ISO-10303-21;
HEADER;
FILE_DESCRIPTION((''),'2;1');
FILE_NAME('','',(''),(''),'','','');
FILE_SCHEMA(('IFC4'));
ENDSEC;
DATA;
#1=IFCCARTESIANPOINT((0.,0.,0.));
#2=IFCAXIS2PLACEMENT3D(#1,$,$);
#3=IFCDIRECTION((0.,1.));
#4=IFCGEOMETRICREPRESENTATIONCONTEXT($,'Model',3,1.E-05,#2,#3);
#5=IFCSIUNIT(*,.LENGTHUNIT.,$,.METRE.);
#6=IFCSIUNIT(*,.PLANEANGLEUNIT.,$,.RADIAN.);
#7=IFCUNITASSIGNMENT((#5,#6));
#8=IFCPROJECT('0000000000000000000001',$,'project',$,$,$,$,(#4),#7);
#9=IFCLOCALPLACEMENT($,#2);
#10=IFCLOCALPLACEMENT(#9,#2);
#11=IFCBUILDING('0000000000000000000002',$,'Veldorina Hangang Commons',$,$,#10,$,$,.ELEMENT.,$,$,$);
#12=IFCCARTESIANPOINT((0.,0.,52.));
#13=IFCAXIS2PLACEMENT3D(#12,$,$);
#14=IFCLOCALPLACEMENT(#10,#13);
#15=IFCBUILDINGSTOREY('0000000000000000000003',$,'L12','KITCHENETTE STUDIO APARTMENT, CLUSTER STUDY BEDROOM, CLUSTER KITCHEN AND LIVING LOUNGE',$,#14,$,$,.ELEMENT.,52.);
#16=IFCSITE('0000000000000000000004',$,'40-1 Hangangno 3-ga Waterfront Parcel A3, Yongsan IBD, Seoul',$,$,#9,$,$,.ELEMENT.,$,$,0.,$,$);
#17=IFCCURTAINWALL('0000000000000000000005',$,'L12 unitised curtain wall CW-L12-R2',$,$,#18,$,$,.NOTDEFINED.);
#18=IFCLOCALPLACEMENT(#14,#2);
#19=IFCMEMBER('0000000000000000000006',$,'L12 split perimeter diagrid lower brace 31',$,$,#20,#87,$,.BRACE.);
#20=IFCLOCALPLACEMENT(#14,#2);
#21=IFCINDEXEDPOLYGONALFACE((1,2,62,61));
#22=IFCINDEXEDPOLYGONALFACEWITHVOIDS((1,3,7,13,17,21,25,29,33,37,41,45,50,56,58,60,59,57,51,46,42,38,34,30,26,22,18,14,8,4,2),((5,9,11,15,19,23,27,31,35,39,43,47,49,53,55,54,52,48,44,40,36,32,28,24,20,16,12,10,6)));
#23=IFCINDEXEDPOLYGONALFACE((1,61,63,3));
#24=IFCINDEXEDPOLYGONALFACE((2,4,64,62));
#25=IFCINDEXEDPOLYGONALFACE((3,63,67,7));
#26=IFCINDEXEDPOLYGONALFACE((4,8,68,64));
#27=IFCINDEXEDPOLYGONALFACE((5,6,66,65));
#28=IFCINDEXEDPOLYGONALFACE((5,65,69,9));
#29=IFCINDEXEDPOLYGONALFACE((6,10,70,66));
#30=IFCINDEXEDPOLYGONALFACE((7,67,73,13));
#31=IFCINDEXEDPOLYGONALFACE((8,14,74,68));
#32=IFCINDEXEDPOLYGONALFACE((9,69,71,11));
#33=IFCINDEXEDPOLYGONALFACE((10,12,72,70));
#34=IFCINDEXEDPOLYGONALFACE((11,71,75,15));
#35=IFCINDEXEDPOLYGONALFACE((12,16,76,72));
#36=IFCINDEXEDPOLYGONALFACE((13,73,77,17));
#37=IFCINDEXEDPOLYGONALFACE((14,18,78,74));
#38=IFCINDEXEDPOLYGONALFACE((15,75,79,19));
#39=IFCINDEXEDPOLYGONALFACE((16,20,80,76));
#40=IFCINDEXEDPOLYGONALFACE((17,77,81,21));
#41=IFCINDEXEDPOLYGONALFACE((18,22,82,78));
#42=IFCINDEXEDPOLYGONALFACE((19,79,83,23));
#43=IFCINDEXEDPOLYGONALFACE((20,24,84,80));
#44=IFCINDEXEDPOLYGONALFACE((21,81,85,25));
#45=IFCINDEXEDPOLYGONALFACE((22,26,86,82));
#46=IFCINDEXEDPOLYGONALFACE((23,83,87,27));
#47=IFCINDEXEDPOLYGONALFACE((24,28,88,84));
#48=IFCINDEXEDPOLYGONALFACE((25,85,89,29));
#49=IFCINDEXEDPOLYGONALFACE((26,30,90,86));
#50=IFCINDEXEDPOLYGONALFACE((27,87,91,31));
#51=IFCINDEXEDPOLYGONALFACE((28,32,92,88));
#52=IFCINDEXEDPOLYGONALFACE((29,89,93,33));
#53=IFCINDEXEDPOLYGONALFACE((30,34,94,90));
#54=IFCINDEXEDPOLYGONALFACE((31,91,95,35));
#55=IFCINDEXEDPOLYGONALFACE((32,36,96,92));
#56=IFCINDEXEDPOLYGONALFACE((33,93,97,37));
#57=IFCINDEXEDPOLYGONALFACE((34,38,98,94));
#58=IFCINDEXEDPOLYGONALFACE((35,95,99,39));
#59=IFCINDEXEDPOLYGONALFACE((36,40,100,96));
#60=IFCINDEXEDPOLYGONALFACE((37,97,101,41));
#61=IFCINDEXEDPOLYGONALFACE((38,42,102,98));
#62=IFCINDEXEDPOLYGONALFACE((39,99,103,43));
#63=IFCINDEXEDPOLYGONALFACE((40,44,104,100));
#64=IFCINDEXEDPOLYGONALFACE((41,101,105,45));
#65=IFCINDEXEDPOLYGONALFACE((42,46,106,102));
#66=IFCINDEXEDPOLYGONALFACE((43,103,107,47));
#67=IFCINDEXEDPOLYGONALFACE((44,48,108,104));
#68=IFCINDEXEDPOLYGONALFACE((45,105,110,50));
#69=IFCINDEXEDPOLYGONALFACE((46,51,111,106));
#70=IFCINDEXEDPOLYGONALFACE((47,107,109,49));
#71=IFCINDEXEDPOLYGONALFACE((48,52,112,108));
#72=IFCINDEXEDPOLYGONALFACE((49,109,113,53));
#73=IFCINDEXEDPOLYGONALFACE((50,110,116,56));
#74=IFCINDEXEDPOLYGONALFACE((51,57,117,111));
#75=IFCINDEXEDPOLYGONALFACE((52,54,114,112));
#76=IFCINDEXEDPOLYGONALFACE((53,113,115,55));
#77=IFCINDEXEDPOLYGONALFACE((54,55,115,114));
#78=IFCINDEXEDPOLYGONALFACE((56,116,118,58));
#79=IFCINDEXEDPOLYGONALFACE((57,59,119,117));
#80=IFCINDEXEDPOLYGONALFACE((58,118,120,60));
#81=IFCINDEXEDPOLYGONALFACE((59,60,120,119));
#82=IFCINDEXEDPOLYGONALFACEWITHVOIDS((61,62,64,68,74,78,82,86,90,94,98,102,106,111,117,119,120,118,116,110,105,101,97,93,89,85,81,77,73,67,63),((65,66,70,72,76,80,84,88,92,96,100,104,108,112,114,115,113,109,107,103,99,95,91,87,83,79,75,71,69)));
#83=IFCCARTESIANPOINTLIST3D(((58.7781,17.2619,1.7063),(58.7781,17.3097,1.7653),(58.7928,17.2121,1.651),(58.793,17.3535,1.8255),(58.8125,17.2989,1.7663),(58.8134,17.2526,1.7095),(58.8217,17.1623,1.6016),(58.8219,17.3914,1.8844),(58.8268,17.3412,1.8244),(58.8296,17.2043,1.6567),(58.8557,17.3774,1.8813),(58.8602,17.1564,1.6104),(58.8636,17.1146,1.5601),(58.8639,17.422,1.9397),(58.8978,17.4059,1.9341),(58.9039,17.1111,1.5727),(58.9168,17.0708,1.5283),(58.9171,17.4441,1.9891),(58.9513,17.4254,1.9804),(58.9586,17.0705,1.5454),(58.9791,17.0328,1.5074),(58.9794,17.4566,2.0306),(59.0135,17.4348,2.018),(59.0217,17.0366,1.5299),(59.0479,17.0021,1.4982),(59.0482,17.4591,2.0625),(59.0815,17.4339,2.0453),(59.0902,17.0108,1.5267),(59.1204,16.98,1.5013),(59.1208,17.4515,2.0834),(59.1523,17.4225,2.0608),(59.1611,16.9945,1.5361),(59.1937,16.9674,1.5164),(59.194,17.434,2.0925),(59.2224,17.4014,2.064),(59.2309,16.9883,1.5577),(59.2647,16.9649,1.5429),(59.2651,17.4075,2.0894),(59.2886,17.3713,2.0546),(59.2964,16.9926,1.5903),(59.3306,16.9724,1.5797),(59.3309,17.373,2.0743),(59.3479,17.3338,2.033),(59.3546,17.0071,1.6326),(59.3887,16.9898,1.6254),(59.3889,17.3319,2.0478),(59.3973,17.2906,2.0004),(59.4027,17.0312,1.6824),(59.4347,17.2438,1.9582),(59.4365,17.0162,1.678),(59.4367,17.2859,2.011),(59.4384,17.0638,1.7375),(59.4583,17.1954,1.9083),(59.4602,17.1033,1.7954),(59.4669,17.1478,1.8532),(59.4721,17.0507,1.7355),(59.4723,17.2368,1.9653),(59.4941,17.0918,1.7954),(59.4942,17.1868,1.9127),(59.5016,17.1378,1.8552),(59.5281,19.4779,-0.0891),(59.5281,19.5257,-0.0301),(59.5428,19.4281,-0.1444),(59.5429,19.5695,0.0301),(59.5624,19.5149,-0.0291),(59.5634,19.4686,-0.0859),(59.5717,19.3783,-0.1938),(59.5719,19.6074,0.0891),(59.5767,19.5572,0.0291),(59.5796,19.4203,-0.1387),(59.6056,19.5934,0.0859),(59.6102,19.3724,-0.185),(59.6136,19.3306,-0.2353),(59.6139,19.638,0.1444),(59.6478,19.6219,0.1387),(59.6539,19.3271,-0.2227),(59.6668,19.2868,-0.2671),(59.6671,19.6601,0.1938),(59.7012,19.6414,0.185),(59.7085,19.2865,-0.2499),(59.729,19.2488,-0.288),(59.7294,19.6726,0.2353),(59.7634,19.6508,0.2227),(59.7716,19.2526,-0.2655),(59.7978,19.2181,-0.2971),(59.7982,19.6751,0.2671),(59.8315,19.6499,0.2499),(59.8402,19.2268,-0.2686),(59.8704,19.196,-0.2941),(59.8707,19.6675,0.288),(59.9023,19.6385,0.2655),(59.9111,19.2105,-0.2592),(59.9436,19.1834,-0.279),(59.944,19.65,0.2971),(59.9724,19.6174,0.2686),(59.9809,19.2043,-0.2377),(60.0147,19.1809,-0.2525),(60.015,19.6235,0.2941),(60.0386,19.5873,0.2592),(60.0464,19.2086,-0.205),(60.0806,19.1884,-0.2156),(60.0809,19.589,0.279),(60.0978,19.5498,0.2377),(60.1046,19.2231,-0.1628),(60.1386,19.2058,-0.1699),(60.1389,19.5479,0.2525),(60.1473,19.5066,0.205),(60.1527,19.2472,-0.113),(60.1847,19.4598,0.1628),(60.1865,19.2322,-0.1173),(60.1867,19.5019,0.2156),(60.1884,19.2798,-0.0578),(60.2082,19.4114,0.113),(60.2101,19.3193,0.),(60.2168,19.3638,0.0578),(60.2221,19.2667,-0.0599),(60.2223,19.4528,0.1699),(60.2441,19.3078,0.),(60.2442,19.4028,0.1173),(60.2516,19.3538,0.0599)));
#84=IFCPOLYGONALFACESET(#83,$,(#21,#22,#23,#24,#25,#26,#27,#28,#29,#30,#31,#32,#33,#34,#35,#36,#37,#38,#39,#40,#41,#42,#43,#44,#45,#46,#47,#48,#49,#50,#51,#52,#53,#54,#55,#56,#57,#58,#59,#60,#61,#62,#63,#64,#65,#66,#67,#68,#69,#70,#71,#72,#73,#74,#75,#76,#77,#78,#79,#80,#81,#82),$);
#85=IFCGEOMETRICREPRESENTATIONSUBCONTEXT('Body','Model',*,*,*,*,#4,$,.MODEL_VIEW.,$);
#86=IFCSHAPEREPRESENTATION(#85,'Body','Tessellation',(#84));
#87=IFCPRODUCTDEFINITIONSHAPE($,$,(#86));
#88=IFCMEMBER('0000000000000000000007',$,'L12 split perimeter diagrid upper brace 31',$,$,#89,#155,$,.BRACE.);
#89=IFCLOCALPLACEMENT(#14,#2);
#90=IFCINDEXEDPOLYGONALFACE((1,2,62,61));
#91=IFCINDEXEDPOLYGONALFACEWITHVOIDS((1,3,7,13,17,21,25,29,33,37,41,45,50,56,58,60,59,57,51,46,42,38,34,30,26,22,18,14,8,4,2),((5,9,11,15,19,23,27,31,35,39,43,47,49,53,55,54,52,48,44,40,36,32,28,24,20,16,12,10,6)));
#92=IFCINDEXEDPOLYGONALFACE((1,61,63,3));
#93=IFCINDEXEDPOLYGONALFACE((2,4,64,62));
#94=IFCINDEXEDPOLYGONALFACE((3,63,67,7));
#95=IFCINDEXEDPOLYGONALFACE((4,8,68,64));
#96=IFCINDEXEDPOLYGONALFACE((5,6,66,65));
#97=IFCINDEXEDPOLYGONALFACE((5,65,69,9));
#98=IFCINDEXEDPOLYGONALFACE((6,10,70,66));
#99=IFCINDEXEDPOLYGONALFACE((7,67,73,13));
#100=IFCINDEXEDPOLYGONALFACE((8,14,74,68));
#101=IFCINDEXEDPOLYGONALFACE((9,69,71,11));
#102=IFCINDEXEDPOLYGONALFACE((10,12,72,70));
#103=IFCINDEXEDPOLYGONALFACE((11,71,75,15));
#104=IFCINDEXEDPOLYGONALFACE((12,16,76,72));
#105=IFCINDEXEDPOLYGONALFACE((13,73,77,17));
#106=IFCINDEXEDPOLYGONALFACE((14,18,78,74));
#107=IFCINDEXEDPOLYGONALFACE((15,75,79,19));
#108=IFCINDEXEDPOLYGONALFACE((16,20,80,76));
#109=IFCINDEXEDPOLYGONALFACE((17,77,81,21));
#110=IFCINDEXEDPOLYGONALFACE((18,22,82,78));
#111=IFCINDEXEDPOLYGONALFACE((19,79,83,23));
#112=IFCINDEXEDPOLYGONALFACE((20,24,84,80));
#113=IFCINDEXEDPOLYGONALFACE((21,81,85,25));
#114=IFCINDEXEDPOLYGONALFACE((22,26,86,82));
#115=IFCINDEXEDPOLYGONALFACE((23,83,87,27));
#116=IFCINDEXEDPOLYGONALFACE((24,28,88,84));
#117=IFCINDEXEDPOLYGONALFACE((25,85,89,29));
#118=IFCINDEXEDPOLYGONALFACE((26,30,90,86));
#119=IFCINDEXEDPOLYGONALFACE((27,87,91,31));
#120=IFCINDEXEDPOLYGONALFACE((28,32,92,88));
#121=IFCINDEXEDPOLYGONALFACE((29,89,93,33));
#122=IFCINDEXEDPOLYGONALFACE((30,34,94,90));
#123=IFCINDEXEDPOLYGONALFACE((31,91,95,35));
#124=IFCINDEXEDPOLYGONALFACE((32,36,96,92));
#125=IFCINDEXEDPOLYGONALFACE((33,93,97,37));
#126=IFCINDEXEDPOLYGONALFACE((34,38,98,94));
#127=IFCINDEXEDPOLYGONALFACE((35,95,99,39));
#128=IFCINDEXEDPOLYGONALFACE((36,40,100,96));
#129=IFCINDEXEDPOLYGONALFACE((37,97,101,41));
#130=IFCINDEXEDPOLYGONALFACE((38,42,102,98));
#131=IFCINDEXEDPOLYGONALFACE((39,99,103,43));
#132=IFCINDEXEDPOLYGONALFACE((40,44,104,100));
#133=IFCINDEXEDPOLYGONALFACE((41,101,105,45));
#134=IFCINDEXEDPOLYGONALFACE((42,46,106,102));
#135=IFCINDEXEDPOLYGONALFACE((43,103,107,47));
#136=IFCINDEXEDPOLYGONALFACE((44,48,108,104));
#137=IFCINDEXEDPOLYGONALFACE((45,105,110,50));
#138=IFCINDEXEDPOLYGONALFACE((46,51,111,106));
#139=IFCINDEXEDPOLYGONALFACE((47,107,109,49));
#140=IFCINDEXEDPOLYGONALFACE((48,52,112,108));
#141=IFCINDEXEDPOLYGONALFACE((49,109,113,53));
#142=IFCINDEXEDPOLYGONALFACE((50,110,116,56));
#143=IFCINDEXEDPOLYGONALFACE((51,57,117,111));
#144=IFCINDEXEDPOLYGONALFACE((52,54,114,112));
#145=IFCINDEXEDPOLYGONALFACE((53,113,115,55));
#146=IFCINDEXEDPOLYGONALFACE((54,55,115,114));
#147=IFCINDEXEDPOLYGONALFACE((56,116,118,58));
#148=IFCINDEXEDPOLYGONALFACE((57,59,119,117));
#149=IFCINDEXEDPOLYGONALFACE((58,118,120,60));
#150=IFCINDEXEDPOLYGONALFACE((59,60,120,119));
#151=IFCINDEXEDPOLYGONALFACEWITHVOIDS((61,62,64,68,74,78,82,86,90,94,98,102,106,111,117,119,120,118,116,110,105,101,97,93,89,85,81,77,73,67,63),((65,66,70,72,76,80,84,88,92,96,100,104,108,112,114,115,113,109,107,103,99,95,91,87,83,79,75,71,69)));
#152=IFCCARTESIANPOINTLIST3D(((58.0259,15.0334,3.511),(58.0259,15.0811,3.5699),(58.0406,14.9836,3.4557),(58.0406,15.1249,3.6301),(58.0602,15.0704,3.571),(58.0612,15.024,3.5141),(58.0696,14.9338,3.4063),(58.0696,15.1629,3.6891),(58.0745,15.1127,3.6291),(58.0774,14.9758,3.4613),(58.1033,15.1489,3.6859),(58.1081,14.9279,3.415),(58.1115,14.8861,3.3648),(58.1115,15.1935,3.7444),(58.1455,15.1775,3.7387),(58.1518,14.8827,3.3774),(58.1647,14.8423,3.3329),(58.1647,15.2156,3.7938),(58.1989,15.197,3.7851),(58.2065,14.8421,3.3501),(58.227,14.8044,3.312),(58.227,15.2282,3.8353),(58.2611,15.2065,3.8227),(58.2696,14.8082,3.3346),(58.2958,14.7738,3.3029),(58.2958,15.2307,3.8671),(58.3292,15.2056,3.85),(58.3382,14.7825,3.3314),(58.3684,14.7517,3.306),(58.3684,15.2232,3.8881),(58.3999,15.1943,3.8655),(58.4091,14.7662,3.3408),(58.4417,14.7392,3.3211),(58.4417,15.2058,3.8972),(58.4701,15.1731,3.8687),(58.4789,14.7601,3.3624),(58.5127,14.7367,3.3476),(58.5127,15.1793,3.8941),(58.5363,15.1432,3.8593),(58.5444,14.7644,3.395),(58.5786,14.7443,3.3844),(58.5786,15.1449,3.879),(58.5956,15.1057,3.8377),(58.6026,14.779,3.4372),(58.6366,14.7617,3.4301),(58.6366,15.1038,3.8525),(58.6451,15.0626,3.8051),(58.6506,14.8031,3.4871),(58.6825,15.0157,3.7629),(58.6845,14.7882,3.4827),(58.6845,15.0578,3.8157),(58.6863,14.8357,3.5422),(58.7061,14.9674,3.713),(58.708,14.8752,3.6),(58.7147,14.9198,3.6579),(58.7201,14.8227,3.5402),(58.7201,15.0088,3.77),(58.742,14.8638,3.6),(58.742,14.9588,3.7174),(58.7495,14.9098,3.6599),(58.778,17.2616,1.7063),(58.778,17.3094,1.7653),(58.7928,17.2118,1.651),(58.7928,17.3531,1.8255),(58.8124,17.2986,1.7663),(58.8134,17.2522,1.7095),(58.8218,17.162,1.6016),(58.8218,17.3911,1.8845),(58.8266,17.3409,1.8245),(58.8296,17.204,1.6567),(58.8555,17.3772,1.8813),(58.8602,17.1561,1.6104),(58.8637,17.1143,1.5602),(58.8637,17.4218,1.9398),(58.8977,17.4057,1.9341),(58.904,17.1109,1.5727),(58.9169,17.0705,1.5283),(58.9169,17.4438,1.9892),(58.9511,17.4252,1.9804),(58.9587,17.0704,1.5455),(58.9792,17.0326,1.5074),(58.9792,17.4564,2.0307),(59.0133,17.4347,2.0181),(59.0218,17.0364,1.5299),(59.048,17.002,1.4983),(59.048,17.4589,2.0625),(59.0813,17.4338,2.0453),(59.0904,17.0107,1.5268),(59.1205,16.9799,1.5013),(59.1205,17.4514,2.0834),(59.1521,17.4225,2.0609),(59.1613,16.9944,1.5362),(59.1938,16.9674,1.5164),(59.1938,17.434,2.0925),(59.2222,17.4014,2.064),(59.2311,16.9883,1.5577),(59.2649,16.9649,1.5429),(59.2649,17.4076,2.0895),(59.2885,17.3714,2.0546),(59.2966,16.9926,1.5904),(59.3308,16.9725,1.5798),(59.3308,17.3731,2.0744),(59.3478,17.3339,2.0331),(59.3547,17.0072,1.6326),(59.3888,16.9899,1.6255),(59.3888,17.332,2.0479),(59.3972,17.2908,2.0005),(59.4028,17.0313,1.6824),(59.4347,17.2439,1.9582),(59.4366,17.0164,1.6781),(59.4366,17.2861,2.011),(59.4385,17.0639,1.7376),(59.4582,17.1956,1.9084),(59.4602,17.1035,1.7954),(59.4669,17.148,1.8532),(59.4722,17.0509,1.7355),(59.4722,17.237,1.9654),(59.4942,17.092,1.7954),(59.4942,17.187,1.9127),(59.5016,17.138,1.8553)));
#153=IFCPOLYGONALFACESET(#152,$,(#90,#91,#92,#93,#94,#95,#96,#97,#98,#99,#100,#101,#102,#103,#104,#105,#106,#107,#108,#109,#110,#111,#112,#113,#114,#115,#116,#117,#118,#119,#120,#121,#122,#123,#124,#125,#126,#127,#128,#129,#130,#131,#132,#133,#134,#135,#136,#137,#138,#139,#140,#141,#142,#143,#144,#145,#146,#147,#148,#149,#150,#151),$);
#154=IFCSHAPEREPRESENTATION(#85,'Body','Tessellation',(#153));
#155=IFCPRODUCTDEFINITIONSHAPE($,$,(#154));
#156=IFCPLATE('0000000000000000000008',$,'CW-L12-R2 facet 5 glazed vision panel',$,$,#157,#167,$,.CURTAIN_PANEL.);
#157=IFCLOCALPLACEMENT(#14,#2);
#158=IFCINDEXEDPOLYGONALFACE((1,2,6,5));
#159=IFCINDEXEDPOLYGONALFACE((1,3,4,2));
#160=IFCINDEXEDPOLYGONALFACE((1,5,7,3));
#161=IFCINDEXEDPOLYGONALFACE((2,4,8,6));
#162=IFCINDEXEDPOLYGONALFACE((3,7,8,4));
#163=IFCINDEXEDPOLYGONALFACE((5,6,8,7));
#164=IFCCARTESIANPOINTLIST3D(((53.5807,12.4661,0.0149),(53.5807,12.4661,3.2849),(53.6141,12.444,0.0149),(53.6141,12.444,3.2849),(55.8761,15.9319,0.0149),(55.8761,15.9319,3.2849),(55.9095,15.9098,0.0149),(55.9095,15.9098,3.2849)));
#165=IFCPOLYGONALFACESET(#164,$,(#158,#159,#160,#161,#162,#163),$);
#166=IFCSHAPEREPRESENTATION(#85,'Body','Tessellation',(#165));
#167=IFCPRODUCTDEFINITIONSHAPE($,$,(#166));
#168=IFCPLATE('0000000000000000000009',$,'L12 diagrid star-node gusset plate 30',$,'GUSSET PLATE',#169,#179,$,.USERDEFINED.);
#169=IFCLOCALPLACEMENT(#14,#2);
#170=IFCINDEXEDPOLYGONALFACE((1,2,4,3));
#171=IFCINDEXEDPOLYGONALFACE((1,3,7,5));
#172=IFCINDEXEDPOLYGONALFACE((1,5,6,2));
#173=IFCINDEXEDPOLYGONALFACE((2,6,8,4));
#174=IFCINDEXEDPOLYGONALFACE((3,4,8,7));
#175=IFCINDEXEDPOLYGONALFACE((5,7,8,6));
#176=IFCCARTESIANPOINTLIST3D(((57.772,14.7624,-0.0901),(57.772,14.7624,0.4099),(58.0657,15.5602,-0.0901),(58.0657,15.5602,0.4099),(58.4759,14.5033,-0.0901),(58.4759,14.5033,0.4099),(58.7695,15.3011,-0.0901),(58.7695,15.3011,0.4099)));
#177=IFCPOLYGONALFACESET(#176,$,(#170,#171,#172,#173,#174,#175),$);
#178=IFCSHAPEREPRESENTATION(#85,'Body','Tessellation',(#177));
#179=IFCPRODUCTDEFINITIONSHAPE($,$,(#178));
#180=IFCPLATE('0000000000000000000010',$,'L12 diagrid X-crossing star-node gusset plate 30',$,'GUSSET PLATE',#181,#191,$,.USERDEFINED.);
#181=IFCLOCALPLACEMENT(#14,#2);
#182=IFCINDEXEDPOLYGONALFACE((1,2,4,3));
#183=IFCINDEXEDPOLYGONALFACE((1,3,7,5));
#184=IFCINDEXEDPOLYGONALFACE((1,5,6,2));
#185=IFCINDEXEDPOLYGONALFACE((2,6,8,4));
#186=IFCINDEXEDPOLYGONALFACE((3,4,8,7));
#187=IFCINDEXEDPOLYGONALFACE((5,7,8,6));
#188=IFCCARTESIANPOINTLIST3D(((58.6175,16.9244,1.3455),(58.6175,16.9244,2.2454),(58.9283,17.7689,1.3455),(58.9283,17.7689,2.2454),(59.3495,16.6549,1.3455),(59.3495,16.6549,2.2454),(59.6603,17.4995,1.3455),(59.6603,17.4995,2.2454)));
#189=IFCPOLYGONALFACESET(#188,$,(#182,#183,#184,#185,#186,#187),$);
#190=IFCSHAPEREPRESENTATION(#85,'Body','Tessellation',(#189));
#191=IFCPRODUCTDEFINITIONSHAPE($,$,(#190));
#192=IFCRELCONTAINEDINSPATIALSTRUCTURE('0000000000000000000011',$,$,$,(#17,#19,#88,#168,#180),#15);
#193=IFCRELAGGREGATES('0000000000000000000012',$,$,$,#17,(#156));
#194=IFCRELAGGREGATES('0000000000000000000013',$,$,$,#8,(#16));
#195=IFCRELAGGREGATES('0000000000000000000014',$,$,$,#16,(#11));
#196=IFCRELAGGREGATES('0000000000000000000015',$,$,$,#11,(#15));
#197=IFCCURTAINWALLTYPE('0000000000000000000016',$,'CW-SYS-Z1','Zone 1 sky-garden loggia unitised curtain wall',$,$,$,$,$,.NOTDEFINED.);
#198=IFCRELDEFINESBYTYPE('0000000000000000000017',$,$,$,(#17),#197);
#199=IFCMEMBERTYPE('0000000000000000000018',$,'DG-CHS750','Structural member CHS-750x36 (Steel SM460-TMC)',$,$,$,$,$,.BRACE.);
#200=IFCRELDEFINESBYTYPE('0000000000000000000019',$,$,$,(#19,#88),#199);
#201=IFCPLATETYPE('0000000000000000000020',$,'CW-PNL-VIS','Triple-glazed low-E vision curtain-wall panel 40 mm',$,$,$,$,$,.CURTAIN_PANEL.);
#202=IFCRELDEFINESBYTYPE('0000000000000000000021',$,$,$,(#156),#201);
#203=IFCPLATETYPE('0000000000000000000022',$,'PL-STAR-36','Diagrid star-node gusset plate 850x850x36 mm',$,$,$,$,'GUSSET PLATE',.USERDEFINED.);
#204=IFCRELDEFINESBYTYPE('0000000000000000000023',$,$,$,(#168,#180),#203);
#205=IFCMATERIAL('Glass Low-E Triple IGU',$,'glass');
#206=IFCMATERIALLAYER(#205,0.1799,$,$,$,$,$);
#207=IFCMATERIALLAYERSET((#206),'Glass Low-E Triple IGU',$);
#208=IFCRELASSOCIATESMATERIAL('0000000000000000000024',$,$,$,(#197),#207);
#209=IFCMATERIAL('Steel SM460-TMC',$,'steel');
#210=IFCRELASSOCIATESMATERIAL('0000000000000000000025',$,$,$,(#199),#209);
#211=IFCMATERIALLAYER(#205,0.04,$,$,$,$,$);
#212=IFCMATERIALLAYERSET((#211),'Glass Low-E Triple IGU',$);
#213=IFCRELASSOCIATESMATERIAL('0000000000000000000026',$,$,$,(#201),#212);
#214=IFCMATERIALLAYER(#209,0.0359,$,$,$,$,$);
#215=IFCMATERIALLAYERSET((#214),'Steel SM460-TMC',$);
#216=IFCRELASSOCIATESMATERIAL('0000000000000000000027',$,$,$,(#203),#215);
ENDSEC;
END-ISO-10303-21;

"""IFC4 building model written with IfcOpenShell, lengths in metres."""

from ifc_helpers import new_model, si_unit, direction, frame, origin, origin_2d, place, context, subcontext, project, spatial, rectangle, hollow_circle, extrude, material, layer, layer_set, material_profile, profile_set, type_object, element, aggregate, save


model = new_model("IFC4")

# Units and contexts
model_context = context("Model", 3, precision=1e-05, world=origin(), true_north=direction((0.0, 1.0)))
body_context = subcontext(model_context, "Body", "Model", "MODEL_VIEW")
ifc_project = project(units=[si_unit("LENGTHUNIT", "METRE"), si_unit("PLANEANGLEUNIT", "RADIAN")], contexts=[model_context])

# Site, building, storey
site_placement = place(None, origin())
site = spatial("IfcSite", under=ifc_project, at=site_placement, Name="40-1 Hangangno 3-ga Waterfront Parcel A3, Yongsan IBD, Seoul", CompositionType="ELEMENT", RefElevation=0.0)
building_placement = place(site_placement, origin())
building = spatial("IfcBuilding", under=site, at=building_placement, Name="Veldorina Hangang Commons", CompositionType="ELEMENT")
storey_placement = place(building_placement, frame((0.0, 0.0, 52.0)))
storey = spatial("IfcBuildingStorey", under=building, at=storey_placement, Name="L12", Description="KITCHENETTE STUDIO APARTMENT, CLUSTER STUDY BEDROOM, CLUSTER KITCHEN AND LIVING LOUNGE", CompositionType="ELEMENT", Elevation=52.0)

# Shared definitions
ifc_material_1 = material(Name="Steel SM460-TMC", Category="steel")

# Curtain wall
ifc_material_2 = material(Name="Glass Low-E Triple IGU", Category="glass")
ifc_layer_1 = layer(ifc_material_2, 0.1799)
ifc_layer_set_1 = layer_set([ifc_layer_1], Name="Glass Low-E Triple IGU")
curtain_wall_type = type_object("IfcCurtainWallType", Name="CW-SYS-Z1", Description="Zone 1 sky-garden loggia unitised curtain wall", PredefinedType="NOTDEFINED", material=ifc_layer_set_1)
curtain_wall_placement = place(storey_placement, origin())
curtain_wall = element("IfcCurtainWall", 1, at=curtain_wall_placement, inside=storey, type_object=curtain_wall_type, Name="L12 unitised curtain wall CW-L12-R2", PredefinedType="NOTDEFINED")

# Members
ifc_material_profile_1 = material_profile(ifc_material_1, hollow_circle(Radius=0.375, WallThickness=0.0359, at=origin_2d()), Name="CHS-750x36")
ifc_profile_set_1 = profile_set([ifc_material_profile_1], Name="Steel SM460-TMC")
member_type_1 = type_object("IfcMemberType", Name="DG-CHS750", Description="Structural member CHS-750x36 (Steel SM460-TMC)", PredefinedType="BRACE", material=ifc_profile_set_1)
member_1_placement = place(storey_placement, frame((59.8889, 19.428, 0.0), z_axis=(-0.254319, -0.751448, 0.608808), x_axis=(0.947223, -0.320576, 0.0)))
element("IfcMember", 2, at=member_1_placement, inside=storey, type_object=member_type_1, Name="L12 split perimeter diagrid lower brace 31", PredefinedType="BRACE", context=body_context, shape_type="SweptSolid", body=[
    extrude(hollow_circle(Radius=0.375, WallThickness=0.0359, at=origin_2d()), origin(), (0.0, 0.0, 1.0), 2.949),
])
member_2_placement = place(storey_placement, frame((59.1389, 17.2119, 1.7954), z_axis=(-0.25374, -0.751667, 0.608779), x_axis=(0.947472, -0.319838, 0.0)))
element("IfcMember", 3, at=member_2_placement, inside=storey, type_object=member_type_1, Name="L12 split perimeter diagrid upper brace 31", PredefinedType="BRACE", context=body_context, shape_type="SweptSolid", body=[
    extrude(hollow_circle(Radius=0.375, WallThickness=0.0359, at=origin_2d()), origin(), (0.0, 0.0, 1.0), 2.9644),
])

# Plate
ifc_layer_2 = layer(ifc_material_2, 0.04)
ifc_layer_set_2 = layer_set([ifc_layer_2], Name="Glass Low-E Triple IGU")
plate_type_1 = type_object("IfcPlateType", Name="CW-PNL-VIS", Description="Triple-glazed low-E vision curtain-wall panel 40 mm", PredefinedType="CURTAIN_PANEL", material=ifc_layer_set_2)
plate_1_placement = place(storey_placement, frame((54.7451, 14.188, 0.0149), z_axis=(0.0, 0.0, 1.0), x_axis=(0.55217, 0.833732, 0.0)))
plate_1 = element("IfcPlate", 4, at=plate_1_placement, type_object=plate_type_1, Name="CW-L12-R2 facet 5 glazed vision panel", PredefinedType="CURTAIN_PANEL", context=body_context, shape_type="SweptSolid", body=[
    extrude(rectangle(XDim=4.157, YDim=0.04, at=origin_2d()), origin(), (0.0, 0.0, 1.0), 3.27),
])
aggregate(curtain_wall, [plate_1])

# Plates
ifc_layer_3 = layer(ifc_material_1, 0.0359)
ifc_layer_set_3 = layer_set([ifc_layer_3], Name="Steel SM460-TMC")
plate_type_2 = type_object("IfcPlateType", Name="PL-STAR-36", Description="Diagrid star-node gusset plate 850x850x36 mm", ElementType="GUSSET PLATE", PredefinedType="USERDEFINED", material=ifc_layer_set_3)
plate_2_placement = place(storey_placement, frame((58.2708, 15.0317, -0.0901), z_axis=(0.0, 0.0, 1.0), x_axis=(0.345413, 0.938451, 0.0)))
element("IfcPlate", 5, at=plate_2_placement, inside=storey, type_object=plate_type_2, Name="L12 diagrid star-node gusset plate 30", ObjectType="GUSSET PLATE", PredefinedType="USERDEFINED", context=body_context, shape_type="SweptSolid", body=[
    extrude(rectangle(XDim=0.8501, YDim=0.75, at=origin_2d()), origin(), (0.0, 0.0, 1.0), 0.5),
])
plate_3_placement = place(storey_placement, frame((59.1389, 17.2119, 1.3455), z_axis=(0.0, 0.0, 1.0), x_axis=(0.345413, 0.938451, 0.0)))
element("IfcPlate", 6, at=plate_3_placement, inside=storey, type_object=plate_type_2, Name="L12 diagrid X-crossing star-node gusset plate 30", ObjectType="GUSSET PLATE", PredefinedType="USERDEFINED", context=body_context, shape_type="SweptSolid", body=[
    extrude(rectangle(XDim=0.8999, YDim=0.78, at=origin_2d()), origin(), (0.0, 0.0, 1.0), 0.8999),
])

save(model, "model.ifc")
